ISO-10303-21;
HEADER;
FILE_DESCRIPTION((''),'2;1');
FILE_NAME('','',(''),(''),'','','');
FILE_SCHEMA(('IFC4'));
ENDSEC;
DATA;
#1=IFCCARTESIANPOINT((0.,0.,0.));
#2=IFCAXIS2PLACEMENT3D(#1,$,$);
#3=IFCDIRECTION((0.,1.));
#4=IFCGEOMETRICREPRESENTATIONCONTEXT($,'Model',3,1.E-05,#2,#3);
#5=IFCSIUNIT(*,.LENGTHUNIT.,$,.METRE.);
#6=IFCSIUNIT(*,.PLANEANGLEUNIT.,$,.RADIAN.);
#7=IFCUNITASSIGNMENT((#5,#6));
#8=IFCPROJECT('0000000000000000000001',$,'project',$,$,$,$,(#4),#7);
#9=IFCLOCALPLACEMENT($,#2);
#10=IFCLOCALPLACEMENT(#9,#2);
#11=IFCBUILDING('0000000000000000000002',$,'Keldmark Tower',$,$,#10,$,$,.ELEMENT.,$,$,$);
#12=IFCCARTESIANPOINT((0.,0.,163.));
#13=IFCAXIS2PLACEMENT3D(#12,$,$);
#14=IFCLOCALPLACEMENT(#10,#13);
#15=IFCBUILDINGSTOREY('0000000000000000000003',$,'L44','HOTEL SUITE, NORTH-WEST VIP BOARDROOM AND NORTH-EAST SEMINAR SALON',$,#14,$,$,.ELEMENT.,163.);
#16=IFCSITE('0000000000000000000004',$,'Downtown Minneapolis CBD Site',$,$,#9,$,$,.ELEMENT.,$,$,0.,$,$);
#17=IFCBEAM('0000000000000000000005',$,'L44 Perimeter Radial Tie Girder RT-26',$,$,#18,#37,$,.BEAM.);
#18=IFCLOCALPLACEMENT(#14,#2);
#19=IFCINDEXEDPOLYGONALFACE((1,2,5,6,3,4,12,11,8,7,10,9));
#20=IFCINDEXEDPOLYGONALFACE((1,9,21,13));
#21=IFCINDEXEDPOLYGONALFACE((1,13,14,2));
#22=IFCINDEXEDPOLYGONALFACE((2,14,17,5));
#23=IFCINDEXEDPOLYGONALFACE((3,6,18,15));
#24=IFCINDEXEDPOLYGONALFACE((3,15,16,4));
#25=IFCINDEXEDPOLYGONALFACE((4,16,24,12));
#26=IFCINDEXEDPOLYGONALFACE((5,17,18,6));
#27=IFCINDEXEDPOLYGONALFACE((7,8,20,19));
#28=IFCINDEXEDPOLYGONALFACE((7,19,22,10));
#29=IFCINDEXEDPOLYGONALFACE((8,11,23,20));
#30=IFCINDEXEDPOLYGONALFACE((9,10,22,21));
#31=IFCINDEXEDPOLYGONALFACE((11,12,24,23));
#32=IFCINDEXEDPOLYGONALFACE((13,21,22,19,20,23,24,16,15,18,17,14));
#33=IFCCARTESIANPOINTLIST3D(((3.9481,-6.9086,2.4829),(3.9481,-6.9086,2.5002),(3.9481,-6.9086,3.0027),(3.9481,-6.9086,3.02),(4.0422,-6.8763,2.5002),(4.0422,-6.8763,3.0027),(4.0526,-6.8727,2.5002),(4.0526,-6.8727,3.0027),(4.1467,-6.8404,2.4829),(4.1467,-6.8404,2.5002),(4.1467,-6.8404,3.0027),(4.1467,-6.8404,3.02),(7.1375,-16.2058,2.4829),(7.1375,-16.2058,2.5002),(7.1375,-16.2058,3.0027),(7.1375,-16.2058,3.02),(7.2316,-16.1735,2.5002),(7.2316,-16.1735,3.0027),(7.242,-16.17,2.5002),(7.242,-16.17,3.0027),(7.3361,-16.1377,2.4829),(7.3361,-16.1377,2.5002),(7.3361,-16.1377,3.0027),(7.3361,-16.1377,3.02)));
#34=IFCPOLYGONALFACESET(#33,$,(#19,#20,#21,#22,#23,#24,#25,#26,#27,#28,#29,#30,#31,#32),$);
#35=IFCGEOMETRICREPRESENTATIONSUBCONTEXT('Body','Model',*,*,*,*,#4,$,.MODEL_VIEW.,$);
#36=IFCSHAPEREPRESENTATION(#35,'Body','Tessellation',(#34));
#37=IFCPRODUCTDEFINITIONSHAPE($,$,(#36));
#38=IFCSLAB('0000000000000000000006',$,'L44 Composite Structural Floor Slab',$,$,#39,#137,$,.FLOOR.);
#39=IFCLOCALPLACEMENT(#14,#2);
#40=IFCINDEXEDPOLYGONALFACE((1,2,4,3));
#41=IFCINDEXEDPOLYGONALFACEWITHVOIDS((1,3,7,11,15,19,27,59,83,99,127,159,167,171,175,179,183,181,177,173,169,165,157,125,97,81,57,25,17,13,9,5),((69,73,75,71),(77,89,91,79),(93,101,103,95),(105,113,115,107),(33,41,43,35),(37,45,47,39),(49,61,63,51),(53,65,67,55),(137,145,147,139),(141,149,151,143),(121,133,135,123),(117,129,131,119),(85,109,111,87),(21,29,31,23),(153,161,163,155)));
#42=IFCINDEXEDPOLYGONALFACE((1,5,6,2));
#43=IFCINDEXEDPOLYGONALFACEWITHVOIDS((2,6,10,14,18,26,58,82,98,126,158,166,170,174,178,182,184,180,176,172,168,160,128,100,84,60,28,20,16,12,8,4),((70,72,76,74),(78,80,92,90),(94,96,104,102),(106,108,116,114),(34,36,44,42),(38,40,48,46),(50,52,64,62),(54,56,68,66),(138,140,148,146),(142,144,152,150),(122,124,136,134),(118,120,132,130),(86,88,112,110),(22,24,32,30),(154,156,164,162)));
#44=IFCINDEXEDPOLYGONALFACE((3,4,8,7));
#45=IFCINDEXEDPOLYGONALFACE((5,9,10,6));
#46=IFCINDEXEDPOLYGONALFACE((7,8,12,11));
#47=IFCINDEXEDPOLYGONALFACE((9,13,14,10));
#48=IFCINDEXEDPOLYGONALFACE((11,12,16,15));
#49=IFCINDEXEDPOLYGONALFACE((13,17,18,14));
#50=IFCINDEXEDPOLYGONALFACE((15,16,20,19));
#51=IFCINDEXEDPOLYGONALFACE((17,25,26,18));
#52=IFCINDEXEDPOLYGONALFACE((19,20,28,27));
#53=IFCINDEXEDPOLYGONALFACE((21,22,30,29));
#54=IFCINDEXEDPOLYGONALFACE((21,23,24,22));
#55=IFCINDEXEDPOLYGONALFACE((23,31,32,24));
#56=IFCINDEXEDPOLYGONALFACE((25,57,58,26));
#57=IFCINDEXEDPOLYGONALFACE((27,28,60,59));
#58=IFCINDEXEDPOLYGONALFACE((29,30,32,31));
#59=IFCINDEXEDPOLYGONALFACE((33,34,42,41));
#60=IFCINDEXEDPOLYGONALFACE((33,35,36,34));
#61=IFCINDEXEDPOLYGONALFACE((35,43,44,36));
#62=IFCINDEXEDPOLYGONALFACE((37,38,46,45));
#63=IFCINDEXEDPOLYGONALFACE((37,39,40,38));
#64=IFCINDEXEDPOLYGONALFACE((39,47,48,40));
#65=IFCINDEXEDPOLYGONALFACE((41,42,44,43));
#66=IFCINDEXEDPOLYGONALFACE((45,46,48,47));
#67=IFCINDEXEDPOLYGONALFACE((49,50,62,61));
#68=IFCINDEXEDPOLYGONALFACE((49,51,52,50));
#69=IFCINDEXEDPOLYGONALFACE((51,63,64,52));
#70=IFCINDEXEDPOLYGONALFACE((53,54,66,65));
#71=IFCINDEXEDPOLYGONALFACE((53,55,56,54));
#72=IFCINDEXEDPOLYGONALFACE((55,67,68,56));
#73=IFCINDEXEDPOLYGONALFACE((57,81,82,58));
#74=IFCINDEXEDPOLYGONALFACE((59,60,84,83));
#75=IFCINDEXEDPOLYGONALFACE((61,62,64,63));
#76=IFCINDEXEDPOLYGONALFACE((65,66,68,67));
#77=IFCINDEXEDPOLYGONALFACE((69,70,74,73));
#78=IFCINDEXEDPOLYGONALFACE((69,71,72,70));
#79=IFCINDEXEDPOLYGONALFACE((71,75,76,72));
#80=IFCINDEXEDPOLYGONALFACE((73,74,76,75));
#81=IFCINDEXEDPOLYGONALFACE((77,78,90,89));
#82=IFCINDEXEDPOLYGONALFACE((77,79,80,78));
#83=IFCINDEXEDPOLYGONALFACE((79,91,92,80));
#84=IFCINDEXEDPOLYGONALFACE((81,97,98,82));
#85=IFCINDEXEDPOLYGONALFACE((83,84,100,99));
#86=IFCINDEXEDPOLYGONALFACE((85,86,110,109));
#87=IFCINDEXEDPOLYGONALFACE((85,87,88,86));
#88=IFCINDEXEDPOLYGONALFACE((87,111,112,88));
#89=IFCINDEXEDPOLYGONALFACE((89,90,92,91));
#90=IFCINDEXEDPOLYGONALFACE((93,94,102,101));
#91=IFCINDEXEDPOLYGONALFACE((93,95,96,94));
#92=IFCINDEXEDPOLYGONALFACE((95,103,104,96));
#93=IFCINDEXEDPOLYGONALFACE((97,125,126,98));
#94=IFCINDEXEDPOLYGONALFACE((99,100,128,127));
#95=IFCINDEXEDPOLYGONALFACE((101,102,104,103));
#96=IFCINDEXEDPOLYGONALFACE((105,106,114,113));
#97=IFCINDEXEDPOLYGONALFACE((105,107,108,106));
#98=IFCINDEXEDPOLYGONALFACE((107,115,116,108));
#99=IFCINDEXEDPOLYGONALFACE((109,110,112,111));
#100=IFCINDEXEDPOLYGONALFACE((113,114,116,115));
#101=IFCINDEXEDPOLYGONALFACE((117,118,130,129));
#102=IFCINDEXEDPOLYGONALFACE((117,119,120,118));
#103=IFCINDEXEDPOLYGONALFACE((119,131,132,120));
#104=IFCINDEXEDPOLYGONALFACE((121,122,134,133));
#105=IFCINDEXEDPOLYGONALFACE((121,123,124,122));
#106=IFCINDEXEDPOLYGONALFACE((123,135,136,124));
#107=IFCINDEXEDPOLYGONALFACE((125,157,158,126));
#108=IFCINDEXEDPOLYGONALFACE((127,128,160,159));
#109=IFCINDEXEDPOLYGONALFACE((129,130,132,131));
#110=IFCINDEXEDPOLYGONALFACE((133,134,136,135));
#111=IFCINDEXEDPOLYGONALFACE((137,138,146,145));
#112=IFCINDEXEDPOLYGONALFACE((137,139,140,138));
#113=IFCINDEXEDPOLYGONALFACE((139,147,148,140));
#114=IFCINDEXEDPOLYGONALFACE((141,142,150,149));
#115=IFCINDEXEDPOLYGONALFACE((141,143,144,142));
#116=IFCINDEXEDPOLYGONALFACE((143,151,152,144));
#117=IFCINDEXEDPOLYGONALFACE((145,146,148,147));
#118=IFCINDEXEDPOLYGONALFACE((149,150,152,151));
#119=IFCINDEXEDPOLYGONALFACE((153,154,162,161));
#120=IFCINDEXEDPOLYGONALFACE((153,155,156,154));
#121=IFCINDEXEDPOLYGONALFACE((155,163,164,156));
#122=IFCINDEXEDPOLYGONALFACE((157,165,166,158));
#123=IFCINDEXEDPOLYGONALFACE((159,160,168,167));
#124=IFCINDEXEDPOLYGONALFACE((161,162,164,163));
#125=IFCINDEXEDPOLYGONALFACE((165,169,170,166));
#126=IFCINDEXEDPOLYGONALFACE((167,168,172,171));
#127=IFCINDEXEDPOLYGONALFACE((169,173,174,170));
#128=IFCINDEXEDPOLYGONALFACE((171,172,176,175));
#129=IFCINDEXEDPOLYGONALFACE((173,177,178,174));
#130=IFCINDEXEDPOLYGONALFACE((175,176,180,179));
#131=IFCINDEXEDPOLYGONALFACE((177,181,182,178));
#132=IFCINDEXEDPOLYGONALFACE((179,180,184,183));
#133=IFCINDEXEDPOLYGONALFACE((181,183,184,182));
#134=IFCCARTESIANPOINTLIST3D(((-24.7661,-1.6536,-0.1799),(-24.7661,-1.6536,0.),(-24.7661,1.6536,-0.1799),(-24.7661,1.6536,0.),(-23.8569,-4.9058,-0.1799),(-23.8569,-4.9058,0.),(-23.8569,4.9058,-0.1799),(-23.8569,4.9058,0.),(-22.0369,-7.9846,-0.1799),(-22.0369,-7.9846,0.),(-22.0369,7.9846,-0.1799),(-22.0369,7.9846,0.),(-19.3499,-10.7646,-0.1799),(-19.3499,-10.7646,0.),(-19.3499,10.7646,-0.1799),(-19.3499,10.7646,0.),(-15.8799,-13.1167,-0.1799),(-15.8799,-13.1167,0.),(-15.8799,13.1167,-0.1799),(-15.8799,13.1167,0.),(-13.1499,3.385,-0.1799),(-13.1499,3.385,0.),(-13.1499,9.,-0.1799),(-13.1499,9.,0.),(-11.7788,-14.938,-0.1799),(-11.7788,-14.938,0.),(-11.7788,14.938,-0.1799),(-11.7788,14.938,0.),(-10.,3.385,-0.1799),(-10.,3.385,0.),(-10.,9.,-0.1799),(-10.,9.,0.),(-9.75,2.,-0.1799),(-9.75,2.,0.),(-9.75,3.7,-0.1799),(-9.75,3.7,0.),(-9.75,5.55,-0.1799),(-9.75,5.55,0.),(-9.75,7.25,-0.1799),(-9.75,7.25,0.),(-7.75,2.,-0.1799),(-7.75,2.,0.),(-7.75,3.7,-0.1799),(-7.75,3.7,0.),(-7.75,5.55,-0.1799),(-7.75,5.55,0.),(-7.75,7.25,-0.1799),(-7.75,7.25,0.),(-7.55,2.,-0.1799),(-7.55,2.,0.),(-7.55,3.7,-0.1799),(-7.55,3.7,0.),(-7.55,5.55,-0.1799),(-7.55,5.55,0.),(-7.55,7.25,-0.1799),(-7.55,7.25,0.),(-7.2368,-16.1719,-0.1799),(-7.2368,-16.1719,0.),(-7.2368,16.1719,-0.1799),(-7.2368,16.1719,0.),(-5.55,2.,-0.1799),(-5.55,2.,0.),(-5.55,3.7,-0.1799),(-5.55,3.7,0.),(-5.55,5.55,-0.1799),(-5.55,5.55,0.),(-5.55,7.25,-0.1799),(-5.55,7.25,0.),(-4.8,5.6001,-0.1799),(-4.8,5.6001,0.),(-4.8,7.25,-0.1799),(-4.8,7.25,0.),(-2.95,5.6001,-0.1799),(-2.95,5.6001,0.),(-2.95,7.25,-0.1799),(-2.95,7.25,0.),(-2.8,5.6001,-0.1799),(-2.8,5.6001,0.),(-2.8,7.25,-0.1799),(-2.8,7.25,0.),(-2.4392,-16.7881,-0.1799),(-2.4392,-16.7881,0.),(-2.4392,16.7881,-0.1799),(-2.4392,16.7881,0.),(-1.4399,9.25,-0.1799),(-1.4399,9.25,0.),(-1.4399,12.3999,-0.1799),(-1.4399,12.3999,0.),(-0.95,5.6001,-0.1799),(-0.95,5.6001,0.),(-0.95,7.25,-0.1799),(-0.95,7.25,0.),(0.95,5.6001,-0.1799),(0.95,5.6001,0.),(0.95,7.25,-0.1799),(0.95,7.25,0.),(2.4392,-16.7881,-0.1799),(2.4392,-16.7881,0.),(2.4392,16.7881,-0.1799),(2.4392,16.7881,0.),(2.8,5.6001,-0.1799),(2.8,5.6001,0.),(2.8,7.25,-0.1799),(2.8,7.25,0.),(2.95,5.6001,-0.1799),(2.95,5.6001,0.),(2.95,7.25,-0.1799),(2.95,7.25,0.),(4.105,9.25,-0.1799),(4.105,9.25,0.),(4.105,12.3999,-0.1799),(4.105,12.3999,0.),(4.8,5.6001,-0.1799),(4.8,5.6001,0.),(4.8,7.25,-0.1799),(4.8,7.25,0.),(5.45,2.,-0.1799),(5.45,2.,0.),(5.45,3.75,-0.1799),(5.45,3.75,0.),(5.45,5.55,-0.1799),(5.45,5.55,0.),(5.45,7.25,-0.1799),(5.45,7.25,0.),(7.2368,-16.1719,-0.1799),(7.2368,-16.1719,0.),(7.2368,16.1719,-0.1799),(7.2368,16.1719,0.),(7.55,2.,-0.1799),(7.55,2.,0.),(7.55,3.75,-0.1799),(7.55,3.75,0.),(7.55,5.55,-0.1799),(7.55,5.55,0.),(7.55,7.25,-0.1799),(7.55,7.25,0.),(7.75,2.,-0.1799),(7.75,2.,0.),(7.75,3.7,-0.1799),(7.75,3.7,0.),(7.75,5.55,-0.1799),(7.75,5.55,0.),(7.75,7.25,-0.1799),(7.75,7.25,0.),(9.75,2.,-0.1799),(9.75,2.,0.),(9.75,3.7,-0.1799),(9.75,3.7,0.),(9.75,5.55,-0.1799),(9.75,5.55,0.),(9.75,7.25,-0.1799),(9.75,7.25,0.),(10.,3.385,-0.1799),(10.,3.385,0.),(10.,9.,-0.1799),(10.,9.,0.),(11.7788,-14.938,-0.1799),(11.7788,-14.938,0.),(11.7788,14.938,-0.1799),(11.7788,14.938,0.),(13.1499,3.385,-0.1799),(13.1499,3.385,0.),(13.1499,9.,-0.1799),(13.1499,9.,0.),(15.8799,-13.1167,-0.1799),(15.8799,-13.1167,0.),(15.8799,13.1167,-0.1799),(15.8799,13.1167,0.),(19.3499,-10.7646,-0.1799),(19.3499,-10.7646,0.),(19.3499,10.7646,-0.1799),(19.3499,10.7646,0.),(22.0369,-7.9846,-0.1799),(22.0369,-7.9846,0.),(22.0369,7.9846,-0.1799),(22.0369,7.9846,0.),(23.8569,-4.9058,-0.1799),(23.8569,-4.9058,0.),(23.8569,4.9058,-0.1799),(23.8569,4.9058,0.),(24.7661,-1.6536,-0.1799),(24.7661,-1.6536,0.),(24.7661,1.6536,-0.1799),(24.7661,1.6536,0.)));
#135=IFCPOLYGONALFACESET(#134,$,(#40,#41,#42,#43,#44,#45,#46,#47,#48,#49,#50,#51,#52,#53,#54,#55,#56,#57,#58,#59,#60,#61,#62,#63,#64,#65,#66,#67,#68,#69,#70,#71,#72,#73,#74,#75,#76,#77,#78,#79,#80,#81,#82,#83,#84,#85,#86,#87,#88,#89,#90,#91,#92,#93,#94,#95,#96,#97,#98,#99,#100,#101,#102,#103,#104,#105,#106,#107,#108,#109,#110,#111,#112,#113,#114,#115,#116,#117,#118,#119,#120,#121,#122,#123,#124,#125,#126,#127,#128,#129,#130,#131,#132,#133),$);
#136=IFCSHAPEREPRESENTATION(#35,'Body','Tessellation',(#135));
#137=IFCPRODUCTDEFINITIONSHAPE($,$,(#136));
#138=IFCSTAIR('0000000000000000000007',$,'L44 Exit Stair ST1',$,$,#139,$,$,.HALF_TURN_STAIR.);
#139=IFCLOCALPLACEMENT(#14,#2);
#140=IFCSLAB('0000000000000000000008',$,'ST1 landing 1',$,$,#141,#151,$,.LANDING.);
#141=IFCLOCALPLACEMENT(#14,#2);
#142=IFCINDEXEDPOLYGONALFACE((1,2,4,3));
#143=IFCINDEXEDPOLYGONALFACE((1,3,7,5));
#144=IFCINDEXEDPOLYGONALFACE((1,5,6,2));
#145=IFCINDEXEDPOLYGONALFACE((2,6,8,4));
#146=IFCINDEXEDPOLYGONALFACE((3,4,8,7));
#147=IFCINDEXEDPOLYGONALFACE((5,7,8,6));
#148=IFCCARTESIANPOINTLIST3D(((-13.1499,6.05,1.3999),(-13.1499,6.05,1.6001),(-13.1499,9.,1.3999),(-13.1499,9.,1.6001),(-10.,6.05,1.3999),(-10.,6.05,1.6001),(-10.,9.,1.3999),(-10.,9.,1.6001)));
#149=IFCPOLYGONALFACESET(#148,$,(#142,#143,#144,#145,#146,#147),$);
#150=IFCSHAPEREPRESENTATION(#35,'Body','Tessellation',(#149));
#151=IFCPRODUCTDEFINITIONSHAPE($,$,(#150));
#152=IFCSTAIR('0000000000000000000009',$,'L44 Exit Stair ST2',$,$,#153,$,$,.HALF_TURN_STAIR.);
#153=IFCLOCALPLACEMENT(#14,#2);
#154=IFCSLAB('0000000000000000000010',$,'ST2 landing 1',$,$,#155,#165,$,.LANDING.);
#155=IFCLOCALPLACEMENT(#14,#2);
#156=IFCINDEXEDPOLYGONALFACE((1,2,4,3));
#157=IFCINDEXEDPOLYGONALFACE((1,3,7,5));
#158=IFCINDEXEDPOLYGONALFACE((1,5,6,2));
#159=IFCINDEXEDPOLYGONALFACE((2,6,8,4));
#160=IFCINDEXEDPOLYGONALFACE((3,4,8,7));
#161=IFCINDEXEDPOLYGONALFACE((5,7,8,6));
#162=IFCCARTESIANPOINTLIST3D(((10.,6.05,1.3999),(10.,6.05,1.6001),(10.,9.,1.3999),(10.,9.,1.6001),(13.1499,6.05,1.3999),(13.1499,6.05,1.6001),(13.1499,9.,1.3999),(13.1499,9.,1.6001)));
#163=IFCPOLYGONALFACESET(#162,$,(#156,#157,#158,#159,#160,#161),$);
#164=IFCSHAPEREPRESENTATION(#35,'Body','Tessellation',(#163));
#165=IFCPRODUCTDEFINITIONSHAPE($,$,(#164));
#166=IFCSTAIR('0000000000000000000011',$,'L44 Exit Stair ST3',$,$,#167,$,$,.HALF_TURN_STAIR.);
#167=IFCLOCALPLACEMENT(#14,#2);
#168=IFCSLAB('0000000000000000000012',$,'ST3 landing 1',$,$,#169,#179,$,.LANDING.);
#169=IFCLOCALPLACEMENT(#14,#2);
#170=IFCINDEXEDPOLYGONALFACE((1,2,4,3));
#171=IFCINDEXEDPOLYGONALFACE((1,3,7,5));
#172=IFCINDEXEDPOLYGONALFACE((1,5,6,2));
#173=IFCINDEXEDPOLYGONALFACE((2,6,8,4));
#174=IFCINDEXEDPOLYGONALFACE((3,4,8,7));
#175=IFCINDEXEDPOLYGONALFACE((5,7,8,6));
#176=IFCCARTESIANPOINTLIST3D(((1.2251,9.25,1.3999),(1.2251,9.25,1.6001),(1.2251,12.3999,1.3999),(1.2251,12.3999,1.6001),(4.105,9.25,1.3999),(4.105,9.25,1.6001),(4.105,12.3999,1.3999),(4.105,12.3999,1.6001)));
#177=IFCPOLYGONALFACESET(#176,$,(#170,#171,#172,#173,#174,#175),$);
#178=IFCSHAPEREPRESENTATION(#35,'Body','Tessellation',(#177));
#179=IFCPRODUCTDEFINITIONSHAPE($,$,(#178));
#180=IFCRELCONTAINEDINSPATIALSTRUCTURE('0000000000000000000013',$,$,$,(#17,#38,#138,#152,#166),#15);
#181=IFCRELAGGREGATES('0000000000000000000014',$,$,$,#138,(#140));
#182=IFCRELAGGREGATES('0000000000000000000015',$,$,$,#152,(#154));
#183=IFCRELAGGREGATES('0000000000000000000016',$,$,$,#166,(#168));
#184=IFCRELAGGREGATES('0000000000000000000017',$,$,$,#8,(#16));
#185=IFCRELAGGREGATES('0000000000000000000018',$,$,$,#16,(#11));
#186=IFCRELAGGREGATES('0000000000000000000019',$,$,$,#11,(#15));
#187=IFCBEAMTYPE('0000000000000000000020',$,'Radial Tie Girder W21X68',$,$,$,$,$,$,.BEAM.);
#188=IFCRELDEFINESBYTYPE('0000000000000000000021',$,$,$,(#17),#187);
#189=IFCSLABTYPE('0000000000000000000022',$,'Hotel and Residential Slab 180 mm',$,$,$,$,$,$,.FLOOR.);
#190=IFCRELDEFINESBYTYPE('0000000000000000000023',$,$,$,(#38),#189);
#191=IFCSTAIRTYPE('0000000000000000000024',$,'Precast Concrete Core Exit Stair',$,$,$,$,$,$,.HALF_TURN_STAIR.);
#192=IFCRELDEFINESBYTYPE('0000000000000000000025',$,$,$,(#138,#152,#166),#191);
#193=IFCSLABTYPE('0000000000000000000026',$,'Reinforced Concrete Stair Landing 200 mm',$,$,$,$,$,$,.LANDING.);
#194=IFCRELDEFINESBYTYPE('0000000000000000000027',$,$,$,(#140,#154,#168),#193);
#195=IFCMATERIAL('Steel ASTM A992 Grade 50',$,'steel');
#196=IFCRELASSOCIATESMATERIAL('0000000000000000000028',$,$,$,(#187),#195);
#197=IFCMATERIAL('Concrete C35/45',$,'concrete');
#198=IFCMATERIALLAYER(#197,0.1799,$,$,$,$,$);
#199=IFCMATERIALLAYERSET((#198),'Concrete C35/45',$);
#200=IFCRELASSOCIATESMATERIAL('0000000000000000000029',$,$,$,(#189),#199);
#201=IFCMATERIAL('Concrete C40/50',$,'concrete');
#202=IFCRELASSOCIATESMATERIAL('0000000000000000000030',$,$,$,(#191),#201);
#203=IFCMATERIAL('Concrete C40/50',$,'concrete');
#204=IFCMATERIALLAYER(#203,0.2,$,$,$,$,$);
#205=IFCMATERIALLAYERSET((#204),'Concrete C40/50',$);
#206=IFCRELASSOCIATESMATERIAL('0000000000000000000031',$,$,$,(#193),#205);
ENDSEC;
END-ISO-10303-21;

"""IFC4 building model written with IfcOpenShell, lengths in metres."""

from ifc_helpers import new_model, si_unit, direction, frame, origin, origin_2d, place, context, subcontext, project, spatial, polyline, i_section, outline, extrude, material, layer, layer_set, material_profile, profile_set, type_object, element, aggregate, save


model = new_model("IFC4")

# Units and contexts
model_context = context("Model", 3, precision=1e-05, world=origin(), true_north=direction((0.0, 1.0)))
body_context = subcontext(model_context, "Body", "Model", "MODEL_VIEW")
ifc_project = project(units=[si_unit("LENGTHUNIT", "METRE"), si_unit("PLANEANGLEUNIT", "RADIAN")], contexts=[model_context])

# Site, building, storey
site_placement = place(None, origin())
site = spatial("IfcSite", under=ifc_project, at=site_placement, Name="Downtown Minneapolis CBD Site", CompositionType="ELEMENT", RefElevation=0.0)
building_placement = place(site_placement, origin())
building = spatial("IfcBuilding", under=site, at=building_placement, Name="Keldmark Tower", CompositionType="ELEMENT")
storey_placement = place(building_placement, frame((0.0, 0.0, 163.0)))
storey = spatial("IfcBuildingStorey", under=building, at=storey_placement, Name="L44", Description="HOTEL SUITE, NORTH-WEST VIP BOARDROOM AND NORTH-EAST SEMINAR SALON", CompositionType="ELEMENT", Elevation=163.0)

# Beam
ifc_material_1 = material(Name="Steel ASTM A992 Grade 50", Category="steel")
ifc_material_profile = material_profile(ifc_material_1, i_section(OverallWidth=0.21, OverallDepth=0.5371, WebThickness=0.011, FlangeThickness=0.0173, at=origin_2d()), Name="W21X68")
ifc_profile_set = profile_set([ifc_material_profile], Name="Steel ASTM A992 Grade 50")
beam_type = type_object("IfcBeamType", Name="Radial Tie Girder W21X68", PredefinedType="BEAM", material=ifc_profile_set)
beam_placement = place(storey_placement, frame((4.0474, -6.8745, 2.7515), z_axis=(0.324487, -0.94589, 0.0), x_axis=(0.94589, 0.324487, 0.0)))
element("IfcBeam", 1, at=beam_placement, inside=storey, type_object=beam_type, Name="L44 Perimeter Radial Tie Girder RT-26", PredefinedType="BEAM", context=body_context, shape_type="SweptSolid", body=[
    extrude(i_section(OverallWidth=0.21, OverallDepth=0.5371, WebThickness=0.011, FlangeThickness=0.0173, at=origin_2d()), origin(), (0.0, 0.0, 1.0), 9.8291),
])

# Slab
ifc_material_2 = material(Name="Concrete C35/45", Category="concrete")
ifc_layer_1 = layer(ifc_material_2, 0.1799)
ifc_layer_set_1 = layer_set([ifc_layer_1], Name="Concrete C35/45")
slab_type_1 = type_object("IfcSlabType", Name="Hotel and Residential Slab 180 mm", PredefinedType="FLOOR", material=ifc_layer_set_1)
slab_1_placement = place(storey_placement, frame((0.0, 0.0, -0.1799)))
element("IfcSlab", 2, at=slab_1_placement, inside=storey, type_object=slab_type_1, Name="L44 Composite Structural Floor Slab", PredefinedType="FLOOR", context=body_context, shape_type="SweptSolid", body=[
    extrude(outline(polyline([(24.7661, 1.6536), (23.8569, 4.9058), (22.0369, 7.9846), (19.3499, 10.7646), (15.8799, 13.1167), (11.7788, 14.938), (7.2368, 16.1719), (2.4392, 16.7881), (-2.4392, 16.7881), (-7.2368, 16.1719), (-11.7788, 14.938), (-15.8799, 13.1167), (-19.3499, 10.7646), (-22.0369, 7.9846), (-23.8569, 4.9058), (-24.7661, 1.6536), (-24.7661, -1.6536), (-23.8569, -4.9058), (-22.0369, -7.9846), (-19.3499, -10.7646), (-15.8799, -13.1167), (-11.7788, -14.938), (-7.2368, -16.1719), (-2.4392, -16.7881), (2.4392, -16.7881), (7.2368, -16.1719), (11.7788, -14.938), (15.8799, -13.1167), (19.3499, -10.7646), (22.0369, -7.9846), (23.8569, -4.9058), (24.7661, -1.6536), (24.7661, 1.6536)]), holes=[polyline([(-10.0, 3.385), (-10.0, 9.0), (-13.1499, 9.0), (-13.1499, 3.385), (-10.0, 3.385)]), polyline([(13.1499, 3.385), (13.1499, 9.0), (10.0, 9.0), (10.0, 3.385), (13.1499, 3.385)]), polyline([(-1.4399, 9.25), (4.105, 9.25), (4.105, 12.3999), (-1.4399, 12.3999), (-1.4399, 9.25)]), polyline([(-9.75, 2.0), (-7.75, 2.0), (-7.75, 3.7), (-9.75, 3.7), (-9.75, 2.0)]), polyline([(7.75, 2.0), (9.75, 2.0), (9.75, 3.7), (7.75, 3.7), (7.75, 2.0)]), polyline([(5.45, 2.0), (7.55, 2.0), (7.55, 3.75), (5.45, 3.75), (5.45, 2.0)]), polyline([(-4.8, 5.6001), (-2.95, 5.6001), (-2.95, 7.25), (-4.8, 7.25), (-4.8, 5.6001)]), polyline([(-2.8, 5.6001), (-0.95, 5.6001), (-0.95, 7.25), (-2.8, 7.25), (-2.8, 5.6001)]), polyline([(0.95, 5.6001), (2.8, 5.6001), (2.8, 7.25), (0.95, 7.25), (0.95, 5.6001)]), polyline([(2.95, 5.6001), (4.8, 5.6001), (4.8, 7.25), (2.95, 7.25), (2.95, 5.6001)]), polyline([(-9.75, 5.55), (-7.75, 5.55), (-7.75, 7.25), (-9.75, 7.25), (-9.75, 5.55)]), polyline([(-7.55, 5.55), (-5.55, 5.55), (-5.55, 7.25), (-7.55, 7.25), (-7.55, 5.55)]), polyline([(-7.55, 2.0), (-5.55, 2.0), (-5.55, 3.7), (-7.55, 3.7), (-7.55, 2.0)]), polyline([(5.45, 5.55), (7.55, 5.55), (7.55, 7.25), (5.45, 7.25), (5.45, 5.55)]), polyline([(7.75, 5.55), (9.75, 5.55), (9.75, 7.25), (7.75, 7.25), (7.75, 5.55)])]), origin(), (0.0, 0.0, 1.0), 0.1799),
])

# Stairs, slabs
ifc_material_3 = material(Name="Concrete C40/50", Category="concrete")
stair_type = type_object("IfcStairType", Name="Precast Concrete Core Exit Stair", PredefinedType="HALF_TURN_STAIR", material=ifc_material_3)
stair_1_placement = place(storey_placement, origin())
stair_1 = element("IfcStair", 3, at=stair_1_placement, inside=storey, type_object=stair_type, Name="L44 Exit Stair ST1", PredefinedType="HALF_TURN_STAIR")
ifc_material_4 = material(Name="Concrete C40/50", Category="concrete")
ifc_layer_2 = layer(ifc_material_4, 0.2)
ifc_layer_set_2 = layer_set([ifc_layer_2], Name="Concrete C40/50")
slab_type_2 = type_object("IfcSlabType", Name="Reinforced Concrete Stair Landing 200 mm", PredefinedType="LANDING", material=ifc_layer_set_2)
slab_2_placement = place(storey_placement, frame((0.0, 0.0, 1.3999)))
slab_2 = element("IfcSlab", 4, at=slab_2_placement, type_object=slab_type_2, Name="ST1 landing 1", PredefinedType="LANDING", context=body_context, shape_type="SweptSolid", body=[
    extrude(outline(polyline([(-10.0, 6.05), (-10.0, 9.0), (-13.1499, 9.0), (-13.1499, 6.05), (-10.0, 6.05)])), origin(), (0.0, 0.0, 1.0), 0.2002),
])
aggregate(stair_1, [slab_2])
stair_2_placement = place(storey_placement, origin())
stair_2 = element("IfcStair", 5, at=stair_2_placement, inside=storey, type_object=stair_type, Name="L44 Exit Stair ST2", PredefinedType="HALF_TURN_STAIR")
slab_3_placement = place(storey_placement, frame((0.0, 0.0, 1.3999)))
slab_3 = element("IfcSlab", 6, at=slab_3_placement, type_object=slab_type_2, Name="ST2 landing 1", PredefinedType="LANDING", context=body_context, shape_type="SweptSolid", body=[
    extrude(outline(polyline([(13.1499, 6.05), (13.1499, 9.0), (10.0, 9.0), (10.0, 6.05), (13.1499, 6.05)])), origin(), (0.0, 0.0, 1.0), 0.2002),
])
aggregate(stair_2, [slab_3])
stair_3_placement = place(storey_placement, origin())
stair_3 = element("IfcStair", 7, at=stair_3_placement, inside=storey, type_object=stair_type, Name="L44 Exit Stair ST3", PredefinedType="HALF_TURN_STAIR")
slab_4_placement = place(storey_placement, frame((0.0, 0.0, 1.3999)))
slab_4 = element("IfcSlab", 8, at=slab_4_placement, type_object=slab_type_2, Name="ST3 landing 1", PredefinedType="LANDING", context=body_context, shape_type="SweptSolid", body=[
    extrude(outline(polyline([(1.2251, 9.25), (4.105, 9.25), (4.105, 12.3999), (1.2251, 12.3999), (1.2251, 9.25)])), origin(), (0.0, 0.0, 1.0), 0.2002),
])
aggregate(stair_3, [slab_4])

save(model, "model.ifc")
